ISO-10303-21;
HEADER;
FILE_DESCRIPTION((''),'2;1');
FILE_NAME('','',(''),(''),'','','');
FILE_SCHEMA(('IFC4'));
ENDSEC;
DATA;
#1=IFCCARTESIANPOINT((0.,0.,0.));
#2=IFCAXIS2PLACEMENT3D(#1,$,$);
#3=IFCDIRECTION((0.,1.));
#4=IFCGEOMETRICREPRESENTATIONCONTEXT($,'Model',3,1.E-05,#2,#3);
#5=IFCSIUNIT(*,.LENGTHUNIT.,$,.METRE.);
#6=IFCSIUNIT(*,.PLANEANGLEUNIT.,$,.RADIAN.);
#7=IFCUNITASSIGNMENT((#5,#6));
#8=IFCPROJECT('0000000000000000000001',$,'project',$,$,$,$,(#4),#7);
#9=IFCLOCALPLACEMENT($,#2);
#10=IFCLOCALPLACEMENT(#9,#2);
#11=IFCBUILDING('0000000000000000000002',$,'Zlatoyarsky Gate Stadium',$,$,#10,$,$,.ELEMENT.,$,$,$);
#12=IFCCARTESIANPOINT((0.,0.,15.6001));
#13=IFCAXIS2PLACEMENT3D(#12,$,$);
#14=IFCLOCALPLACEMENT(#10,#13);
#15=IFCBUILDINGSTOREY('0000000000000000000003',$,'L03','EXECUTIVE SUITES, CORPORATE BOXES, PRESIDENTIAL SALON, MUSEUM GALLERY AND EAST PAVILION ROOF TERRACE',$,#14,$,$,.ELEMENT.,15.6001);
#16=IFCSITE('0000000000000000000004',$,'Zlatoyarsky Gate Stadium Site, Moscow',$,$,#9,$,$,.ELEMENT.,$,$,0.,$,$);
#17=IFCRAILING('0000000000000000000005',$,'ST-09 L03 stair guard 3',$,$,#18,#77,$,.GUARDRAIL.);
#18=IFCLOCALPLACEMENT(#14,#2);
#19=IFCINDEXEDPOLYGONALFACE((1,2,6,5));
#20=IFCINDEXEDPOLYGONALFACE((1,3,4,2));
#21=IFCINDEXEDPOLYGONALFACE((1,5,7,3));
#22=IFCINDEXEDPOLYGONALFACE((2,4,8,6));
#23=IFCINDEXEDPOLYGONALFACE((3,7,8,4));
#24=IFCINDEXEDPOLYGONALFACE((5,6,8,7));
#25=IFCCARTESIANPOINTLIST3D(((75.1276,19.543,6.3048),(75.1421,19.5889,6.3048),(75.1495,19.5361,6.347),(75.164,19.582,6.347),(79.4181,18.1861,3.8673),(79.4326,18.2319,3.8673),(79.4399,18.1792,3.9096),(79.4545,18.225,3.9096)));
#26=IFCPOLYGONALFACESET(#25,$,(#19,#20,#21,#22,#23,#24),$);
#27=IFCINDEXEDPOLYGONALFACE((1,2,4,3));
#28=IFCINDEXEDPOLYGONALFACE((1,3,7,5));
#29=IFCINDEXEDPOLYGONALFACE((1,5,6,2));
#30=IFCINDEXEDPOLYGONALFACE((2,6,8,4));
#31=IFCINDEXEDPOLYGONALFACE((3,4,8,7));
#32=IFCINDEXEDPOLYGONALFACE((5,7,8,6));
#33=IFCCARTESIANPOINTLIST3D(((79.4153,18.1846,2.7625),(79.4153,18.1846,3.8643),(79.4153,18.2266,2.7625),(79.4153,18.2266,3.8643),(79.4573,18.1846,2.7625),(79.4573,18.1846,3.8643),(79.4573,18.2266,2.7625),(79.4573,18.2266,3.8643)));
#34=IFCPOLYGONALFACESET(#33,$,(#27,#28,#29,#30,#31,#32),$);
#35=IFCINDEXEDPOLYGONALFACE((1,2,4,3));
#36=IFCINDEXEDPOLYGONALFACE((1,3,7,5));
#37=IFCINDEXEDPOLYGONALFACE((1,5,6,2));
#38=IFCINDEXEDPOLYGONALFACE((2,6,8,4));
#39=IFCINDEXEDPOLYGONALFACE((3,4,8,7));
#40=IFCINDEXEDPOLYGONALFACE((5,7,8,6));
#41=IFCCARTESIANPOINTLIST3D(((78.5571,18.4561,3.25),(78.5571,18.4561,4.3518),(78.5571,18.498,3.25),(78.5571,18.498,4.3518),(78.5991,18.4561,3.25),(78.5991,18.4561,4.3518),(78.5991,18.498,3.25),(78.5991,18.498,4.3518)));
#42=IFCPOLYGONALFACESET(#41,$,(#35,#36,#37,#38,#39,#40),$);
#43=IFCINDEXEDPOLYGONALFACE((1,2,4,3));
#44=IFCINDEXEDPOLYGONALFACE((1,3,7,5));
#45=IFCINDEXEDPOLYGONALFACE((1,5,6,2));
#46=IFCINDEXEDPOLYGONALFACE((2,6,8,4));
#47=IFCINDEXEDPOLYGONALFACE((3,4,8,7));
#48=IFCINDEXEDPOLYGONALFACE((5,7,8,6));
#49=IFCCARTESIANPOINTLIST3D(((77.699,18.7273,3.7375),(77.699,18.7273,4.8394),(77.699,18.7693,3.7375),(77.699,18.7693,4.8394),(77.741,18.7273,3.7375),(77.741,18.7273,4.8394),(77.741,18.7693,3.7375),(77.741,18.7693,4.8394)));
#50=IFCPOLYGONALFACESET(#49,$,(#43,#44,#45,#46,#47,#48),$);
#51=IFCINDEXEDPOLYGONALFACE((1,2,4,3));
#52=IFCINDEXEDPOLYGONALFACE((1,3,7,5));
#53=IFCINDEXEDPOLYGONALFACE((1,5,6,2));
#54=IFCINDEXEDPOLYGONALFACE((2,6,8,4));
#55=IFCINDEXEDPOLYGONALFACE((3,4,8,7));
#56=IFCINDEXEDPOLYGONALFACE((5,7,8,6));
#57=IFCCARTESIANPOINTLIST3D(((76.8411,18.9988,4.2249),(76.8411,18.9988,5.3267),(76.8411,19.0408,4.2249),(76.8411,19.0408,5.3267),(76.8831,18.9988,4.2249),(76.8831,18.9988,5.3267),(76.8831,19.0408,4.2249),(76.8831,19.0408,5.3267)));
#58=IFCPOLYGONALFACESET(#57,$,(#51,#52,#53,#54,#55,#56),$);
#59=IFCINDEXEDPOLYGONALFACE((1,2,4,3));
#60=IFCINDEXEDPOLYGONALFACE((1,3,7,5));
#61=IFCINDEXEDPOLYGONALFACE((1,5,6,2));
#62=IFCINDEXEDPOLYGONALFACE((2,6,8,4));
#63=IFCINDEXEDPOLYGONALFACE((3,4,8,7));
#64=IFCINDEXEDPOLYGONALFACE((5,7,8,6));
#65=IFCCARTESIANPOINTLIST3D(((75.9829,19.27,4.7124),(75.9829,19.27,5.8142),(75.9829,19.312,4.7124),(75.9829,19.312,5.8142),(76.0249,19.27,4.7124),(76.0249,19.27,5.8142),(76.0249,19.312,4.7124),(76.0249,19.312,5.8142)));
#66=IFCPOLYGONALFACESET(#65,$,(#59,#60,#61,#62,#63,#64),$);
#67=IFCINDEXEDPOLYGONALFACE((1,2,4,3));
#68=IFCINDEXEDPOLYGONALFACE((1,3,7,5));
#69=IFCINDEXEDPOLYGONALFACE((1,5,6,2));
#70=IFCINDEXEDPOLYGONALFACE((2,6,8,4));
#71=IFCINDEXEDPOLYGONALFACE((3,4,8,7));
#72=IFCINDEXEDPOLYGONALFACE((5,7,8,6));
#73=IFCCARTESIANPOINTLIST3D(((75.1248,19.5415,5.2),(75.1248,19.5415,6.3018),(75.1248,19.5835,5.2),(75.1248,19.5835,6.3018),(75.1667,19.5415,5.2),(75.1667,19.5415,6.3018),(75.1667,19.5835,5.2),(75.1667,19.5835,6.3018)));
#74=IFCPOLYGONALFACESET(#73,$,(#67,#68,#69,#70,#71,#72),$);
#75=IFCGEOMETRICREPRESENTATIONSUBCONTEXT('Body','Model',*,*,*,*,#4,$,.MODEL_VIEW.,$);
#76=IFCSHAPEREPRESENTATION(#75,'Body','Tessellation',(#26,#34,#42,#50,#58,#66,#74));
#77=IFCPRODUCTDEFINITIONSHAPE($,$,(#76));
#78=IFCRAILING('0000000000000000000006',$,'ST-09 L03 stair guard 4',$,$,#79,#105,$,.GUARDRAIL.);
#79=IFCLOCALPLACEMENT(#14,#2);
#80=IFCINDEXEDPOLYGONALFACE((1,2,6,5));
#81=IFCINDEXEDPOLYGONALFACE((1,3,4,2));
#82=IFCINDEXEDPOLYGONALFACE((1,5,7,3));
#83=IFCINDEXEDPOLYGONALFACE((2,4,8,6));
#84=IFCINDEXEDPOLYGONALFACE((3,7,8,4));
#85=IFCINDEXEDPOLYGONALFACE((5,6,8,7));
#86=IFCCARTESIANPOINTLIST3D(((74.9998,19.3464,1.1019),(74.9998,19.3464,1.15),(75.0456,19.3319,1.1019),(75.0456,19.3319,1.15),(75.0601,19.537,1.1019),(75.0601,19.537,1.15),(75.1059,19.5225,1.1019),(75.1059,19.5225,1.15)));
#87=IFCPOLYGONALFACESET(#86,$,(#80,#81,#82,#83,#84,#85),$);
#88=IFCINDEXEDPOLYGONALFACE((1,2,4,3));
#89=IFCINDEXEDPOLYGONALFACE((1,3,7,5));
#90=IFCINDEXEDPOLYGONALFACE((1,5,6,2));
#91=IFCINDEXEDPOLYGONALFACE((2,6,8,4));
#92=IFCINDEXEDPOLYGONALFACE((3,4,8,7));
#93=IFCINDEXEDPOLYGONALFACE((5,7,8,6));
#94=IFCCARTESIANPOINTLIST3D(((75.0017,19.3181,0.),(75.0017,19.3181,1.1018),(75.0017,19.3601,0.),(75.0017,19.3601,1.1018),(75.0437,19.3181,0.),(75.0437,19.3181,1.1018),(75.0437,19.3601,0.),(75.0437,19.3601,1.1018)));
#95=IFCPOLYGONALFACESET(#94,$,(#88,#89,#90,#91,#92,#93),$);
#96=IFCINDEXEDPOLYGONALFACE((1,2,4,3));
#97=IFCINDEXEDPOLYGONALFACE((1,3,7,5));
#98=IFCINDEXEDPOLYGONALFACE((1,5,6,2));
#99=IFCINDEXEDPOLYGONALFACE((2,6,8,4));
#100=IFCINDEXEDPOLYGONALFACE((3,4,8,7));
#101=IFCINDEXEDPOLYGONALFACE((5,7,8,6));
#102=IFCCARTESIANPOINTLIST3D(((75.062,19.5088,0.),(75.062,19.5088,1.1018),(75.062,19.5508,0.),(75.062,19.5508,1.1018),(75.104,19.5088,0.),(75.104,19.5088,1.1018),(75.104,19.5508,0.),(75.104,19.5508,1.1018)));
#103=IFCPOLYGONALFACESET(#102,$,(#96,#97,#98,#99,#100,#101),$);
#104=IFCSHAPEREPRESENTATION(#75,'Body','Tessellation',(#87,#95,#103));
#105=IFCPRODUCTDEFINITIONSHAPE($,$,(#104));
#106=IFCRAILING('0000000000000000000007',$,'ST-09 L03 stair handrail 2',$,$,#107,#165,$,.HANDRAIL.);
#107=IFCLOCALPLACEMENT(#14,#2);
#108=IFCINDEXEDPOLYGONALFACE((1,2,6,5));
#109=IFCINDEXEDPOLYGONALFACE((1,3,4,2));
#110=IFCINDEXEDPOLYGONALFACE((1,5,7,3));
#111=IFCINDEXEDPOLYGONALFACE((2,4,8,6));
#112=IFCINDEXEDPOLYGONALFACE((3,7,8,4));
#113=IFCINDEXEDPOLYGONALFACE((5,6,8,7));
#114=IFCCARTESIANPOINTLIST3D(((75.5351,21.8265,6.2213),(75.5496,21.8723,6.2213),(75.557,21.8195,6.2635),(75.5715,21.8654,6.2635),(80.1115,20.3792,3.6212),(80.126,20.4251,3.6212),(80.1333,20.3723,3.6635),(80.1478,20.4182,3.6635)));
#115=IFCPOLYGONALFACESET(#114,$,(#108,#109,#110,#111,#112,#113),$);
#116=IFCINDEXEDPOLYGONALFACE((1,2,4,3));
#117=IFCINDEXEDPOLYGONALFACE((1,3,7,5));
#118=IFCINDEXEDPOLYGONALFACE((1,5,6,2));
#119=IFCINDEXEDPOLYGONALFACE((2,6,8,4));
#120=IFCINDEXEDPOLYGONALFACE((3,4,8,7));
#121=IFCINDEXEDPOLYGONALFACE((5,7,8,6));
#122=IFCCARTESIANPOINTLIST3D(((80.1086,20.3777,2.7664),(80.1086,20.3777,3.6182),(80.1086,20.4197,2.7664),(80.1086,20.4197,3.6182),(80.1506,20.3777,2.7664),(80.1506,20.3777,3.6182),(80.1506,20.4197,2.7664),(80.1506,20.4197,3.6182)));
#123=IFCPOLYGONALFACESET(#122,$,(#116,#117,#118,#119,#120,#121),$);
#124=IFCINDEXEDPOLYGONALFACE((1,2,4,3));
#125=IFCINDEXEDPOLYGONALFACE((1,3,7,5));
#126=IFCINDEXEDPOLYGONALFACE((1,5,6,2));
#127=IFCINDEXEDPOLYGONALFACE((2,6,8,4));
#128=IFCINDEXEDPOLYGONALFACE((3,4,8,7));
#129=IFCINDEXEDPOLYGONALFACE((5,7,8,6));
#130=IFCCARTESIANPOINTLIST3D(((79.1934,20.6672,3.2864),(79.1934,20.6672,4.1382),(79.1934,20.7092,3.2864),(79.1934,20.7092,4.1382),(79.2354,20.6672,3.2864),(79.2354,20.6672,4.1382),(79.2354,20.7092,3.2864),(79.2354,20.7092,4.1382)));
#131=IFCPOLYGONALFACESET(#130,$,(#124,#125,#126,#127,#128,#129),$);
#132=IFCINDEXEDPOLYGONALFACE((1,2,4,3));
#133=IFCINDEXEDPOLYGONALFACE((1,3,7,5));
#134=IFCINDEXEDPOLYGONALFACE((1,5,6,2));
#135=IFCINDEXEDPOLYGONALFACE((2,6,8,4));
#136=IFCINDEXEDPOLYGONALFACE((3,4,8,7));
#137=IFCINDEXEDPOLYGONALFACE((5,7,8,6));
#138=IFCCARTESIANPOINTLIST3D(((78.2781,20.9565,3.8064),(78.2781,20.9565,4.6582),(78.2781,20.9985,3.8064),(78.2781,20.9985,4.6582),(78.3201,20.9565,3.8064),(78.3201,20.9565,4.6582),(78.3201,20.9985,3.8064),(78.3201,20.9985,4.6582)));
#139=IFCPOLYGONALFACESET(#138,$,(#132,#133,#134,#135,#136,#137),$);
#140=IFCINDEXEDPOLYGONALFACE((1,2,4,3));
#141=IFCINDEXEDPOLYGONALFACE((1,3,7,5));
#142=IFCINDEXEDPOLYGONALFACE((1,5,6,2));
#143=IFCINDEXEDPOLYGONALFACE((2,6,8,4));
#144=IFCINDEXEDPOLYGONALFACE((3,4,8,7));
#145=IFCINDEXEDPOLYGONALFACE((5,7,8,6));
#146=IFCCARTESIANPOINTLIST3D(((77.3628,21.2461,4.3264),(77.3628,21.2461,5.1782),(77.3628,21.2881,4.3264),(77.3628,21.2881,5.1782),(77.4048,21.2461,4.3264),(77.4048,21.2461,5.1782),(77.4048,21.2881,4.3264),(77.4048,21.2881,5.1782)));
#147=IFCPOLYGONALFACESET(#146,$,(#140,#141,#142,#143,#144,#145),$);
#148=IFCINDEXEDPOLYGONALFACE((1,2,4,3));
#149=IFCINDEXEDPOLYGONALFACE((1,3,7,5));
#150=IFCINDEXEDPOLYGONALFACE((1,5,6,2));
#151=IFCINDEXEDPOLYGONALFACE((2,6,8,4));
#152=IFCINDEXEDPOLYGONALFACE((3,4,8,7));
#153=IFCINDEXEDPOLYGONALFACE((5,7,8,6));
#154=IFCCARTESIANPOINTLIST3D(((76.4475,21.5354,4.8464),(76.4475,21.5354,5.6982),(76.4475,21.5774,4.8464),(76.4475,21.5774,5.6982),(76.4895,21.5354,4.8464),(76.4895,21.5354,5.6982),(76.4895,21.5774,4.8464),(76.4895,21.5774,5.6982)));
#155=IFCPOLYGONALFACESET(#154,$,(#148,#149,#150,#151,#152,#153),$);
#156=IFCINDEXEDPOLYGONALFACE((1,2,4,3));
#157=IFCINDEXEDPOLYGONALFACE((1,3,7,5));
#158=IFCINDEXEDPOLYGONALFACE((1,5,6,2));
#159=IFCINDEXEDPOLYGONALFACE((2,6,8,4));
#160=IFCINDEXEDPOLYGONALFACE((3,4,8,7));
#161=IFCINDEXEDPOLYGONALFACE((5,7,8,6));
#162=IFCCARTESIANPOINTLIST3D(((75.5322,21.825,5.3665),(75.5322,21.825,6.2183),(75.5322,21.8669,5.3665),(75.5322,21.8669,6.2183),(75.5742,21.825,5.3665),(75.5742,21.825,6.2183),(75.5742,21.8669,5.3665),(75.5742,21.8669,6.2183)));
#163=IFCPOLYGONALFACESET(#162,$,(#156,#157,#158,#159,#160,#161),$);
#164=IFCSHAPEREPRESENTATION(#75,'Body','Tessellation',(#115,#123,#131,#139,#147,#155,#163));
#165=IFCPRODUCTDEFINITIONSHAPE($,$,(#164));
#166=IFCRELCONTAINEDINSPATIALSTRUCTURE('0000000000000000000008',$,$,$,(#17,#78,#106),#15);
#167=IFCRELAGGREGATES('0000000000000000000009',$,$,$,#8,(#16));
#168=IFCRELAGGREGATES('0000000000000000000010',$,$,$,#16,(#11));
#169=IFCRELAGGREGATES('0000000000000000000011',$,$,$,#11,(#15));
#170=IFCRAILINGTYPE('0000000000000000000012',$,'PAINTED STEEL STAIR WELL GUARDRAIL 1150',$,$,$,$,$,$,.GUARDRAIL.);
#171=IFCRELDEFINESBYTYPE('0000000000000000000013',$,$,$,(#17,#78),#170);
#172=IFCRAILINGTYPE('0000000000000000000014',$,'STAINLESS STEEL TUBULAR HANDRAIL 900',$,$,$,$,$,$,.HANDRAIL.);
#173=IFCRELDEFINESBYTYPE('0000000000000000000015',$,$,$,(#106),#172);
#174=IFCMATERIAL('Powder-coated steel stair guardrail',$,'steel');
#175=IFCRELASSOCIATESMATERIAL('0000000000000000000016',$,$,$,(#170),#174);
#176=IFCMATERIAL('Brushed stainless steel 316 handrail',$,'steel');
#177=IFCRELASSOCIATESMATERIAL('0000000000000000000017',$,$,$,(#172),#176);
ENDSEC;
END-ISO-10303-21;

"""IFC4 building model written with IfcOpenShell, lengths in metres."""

from ifc_helpers import new_model, si_unit, direction, frame, origin, origin_2d, place, context, subcontext, project, spatial, rectangle, extrude, material, type_object, element, save


model = new_model("IFC4")

# Units and contexts
model_context = context("Model", 3, precision=1e-05, world=origin(), true_north=direction((0.0, 1.0)))
body_context = subcontext(model_context, "Body", "Model", "MODEL_VIEW")
ifc_project = project(units=[si_unit("LENGTHUNIT", "METRE"), si_unit("PLANEANGLEUNIT", "RADIAN")], contexts=[model_context])

# Site, building, storey
site_placement = place(None, origin())
site = spatial("IfcSite", under=ifc_project, at=site_placement, Name="Zlatoyarsky Gate Stadium Site, Moscow", CompositionType="ELEMENT", RefElevation=0.0)
building_placement = place(site_placement, origin())
building = spatial("IfcBuilding", under=site, at=building_placement, Name="Zlatoyarsky Gate Stadium", CompositionType="ELEMENT")
storey_placement = place(building_placement, frame((0.0, 0.0, 15.6001)))
storey = spatial("IfcBuildingStorey", under=building, at=storey_placement, Name="L03", Description="EXECUTIVE SUITES, CORPORATE BOXES, PRESIDENTIAL SALON, MUSEUM GALLERY AND EAST PAVILION ROOF TERRACE", CompositionType="ELEMENT", Elevation=15.6001)

# Railings
ifc_material_1 = material(Name="Powder-coated steel stair guardrail", Category="steel")
railing_type_1 = type_object("IfcRailingType", Name="PAINTED STEEL STAIR WELL GUARDRAIL 1150", PredefinedType="GUARDRAIL", material=ifc_material_1)
railing_1_placement = place(storey_placement, frame((79.4363, 18.2056, 2.7625)))
element("IfcRailing", 1, at=railing_1_placement, inside=storey, type_object=railing_type_1, Name="ST-09 L03 stair guard 3", PredefinedType="GUARDRAIL", context=body_context, shape_type="SweptSolid", body=[
    extrude(rectangle(XDim=0.0481, YDim=0.0481, at=origin_2d()), frame((0.0, 0.0, 1.126), z_axis=(-0.838363, 0.265143, 0.476284), x_axis=(-0.301542, -0.953453, 0.0)), (0.0, 0.0, 1.0), 5.1177),
    extrude(rectangle(XDim=0.042, YDim=0.042, at=origin_2d()), origin(), (0.0, 0.0, 1.0), 1.1018),
    extrude(rectangle(XDim=0.042, YDim=0.042, at=origin_2d()), frame((-0.8582, 0.2715, 0.4875)), (0.0, 0.0, 1.0), 1.1018),
    extrude(rectangle(XDim=0.042, YDim=0.042, at=origin_2d()), frame((-1.7163, 0.5427, 0.9751)), (0.0, 0.0, 1.0), 1.1018),
    extrude(rectangle(XDim=0.042, YDim=0.042, at=origin_2d()), frame((-2.5742, 0.8142, 1.4624)), (0.0, 0.0, 1.0), 1.1018),
    extrude(rectangle(XDim=0.042, YDim=0.042, at=origin_2d()), frame((-3.4324, 1.0854, 1.95)), (0.0, 0.0, 1.0), 1.1018),
    extrude(rectangle(XDim=0.042, YDim=0.042, at=origin_2d()), frame((-4.2905, 1.3569, 2.4375)), (0.0, 0.0, 1.0), 1.1018),
])
railing_2_placement = place(storey_placement, frame((75.0227, 19.3391, 0.0)))
element("IfcRailing", 2, at=railing_2_placement, inside=storey, type_object=railing_type_1, Name="ST-09 L03 stair guard 4", PredefinedType="GUARDRAIL", context=body_context, shape_type="SweptSolid", body=[
    extrude(rectangle(XDim=0.0481, YDim=0.0481, at=origin_2d()), frame((0.0, 0.0, 1.126), z_axis=(0.30154, 0.953453, 0.0), x_axis=(-0.953453, 0.30154, 0.0)), (0.0, 0.0, 1.0), 0.2),
    extrude(rectangle(XDim=0.042, YDim=0.042, at=origin_2d()), origin(), (0.0, 0.0, 1.0), 1.1018),
    extrude(rectangle(XDim=0.042, YDim=0.042, at=origin_2d()), frame((0.0603, 0.1907, 0.0)), (0.0, 0.0, 1.0), 1.1018),
])
ifc_material_2 = material(Name="Brushed stainless steel 316 handrail", Category="steel")
railing_type_2 = type_object("IfcRailingType", Name="STAINLESS STEEL TUBULAR HANDRAIL 900", PredefinedType="HANDRAIL", material=ifc_material_2)
railing_3_placement = place(storey_placement, frame((80.1296, 20.3987, 2.7664)))
element("IfcRailing", 3, at=railing_3_placement, inside=storey, type_object=railing_type_2, Name="ST-09 L03 stair handrail 2", PredefinedType="HANDRAIL", context=body_context, shape_type="SweptSolid", body=[
    extrude(rectangle(XDim=0.0481, YDim=0.0481, at=origin_2d()), frame((0.0, 0.0, 0.876), z_axis=(-0.838353, 0.265124, 0.476312), x_axis=(-0.301526, -0.953458, 0.0)), (0.0, 0.0, 1.0), 5.4587),
    extrude(rectangle(XDim=0.042, YDim=0.042, at=origin_2d()), origin(), (0.0, 0.0, 1.0), 0.8518),
    extrude(rectangle(XDim=0.042, YDim=0.042, at=origin_2d()), frame((-0.9153, 0.2896, 0.52)), (0.0, 0.0, 1.0), 0.8518),
    extrude(rectangle(XDim=0.042, YDim=0.042, at=origin_2d()), frame((-1.8306, 0.5789, 1.04)), (0.0, 0.0, 1.0), 0.8518),
    extrude(rectangle(XDim=0.042, YDim=0.042, at=origin_2d()), frame((-2.7458, 0.8684, 1.5601)), (0.0, 0.0, 1.0), 0.8518),
    extrude(rectangle(XDim=0.042, YDim=0.042, at=origin_2d()), frame((-3.6611, 1.1577, 2.0801)), (0.0, 0.0, 1.0), 0.8518),
    extrude(rectangle(XDim=0.042, YDim=0.042, at=origin_2d()), frame((-4.5764, 1.4473, 2.6001)), (0.0, 0.0, 1.0), 0.8518),
])

save(model, "model.ifc")
